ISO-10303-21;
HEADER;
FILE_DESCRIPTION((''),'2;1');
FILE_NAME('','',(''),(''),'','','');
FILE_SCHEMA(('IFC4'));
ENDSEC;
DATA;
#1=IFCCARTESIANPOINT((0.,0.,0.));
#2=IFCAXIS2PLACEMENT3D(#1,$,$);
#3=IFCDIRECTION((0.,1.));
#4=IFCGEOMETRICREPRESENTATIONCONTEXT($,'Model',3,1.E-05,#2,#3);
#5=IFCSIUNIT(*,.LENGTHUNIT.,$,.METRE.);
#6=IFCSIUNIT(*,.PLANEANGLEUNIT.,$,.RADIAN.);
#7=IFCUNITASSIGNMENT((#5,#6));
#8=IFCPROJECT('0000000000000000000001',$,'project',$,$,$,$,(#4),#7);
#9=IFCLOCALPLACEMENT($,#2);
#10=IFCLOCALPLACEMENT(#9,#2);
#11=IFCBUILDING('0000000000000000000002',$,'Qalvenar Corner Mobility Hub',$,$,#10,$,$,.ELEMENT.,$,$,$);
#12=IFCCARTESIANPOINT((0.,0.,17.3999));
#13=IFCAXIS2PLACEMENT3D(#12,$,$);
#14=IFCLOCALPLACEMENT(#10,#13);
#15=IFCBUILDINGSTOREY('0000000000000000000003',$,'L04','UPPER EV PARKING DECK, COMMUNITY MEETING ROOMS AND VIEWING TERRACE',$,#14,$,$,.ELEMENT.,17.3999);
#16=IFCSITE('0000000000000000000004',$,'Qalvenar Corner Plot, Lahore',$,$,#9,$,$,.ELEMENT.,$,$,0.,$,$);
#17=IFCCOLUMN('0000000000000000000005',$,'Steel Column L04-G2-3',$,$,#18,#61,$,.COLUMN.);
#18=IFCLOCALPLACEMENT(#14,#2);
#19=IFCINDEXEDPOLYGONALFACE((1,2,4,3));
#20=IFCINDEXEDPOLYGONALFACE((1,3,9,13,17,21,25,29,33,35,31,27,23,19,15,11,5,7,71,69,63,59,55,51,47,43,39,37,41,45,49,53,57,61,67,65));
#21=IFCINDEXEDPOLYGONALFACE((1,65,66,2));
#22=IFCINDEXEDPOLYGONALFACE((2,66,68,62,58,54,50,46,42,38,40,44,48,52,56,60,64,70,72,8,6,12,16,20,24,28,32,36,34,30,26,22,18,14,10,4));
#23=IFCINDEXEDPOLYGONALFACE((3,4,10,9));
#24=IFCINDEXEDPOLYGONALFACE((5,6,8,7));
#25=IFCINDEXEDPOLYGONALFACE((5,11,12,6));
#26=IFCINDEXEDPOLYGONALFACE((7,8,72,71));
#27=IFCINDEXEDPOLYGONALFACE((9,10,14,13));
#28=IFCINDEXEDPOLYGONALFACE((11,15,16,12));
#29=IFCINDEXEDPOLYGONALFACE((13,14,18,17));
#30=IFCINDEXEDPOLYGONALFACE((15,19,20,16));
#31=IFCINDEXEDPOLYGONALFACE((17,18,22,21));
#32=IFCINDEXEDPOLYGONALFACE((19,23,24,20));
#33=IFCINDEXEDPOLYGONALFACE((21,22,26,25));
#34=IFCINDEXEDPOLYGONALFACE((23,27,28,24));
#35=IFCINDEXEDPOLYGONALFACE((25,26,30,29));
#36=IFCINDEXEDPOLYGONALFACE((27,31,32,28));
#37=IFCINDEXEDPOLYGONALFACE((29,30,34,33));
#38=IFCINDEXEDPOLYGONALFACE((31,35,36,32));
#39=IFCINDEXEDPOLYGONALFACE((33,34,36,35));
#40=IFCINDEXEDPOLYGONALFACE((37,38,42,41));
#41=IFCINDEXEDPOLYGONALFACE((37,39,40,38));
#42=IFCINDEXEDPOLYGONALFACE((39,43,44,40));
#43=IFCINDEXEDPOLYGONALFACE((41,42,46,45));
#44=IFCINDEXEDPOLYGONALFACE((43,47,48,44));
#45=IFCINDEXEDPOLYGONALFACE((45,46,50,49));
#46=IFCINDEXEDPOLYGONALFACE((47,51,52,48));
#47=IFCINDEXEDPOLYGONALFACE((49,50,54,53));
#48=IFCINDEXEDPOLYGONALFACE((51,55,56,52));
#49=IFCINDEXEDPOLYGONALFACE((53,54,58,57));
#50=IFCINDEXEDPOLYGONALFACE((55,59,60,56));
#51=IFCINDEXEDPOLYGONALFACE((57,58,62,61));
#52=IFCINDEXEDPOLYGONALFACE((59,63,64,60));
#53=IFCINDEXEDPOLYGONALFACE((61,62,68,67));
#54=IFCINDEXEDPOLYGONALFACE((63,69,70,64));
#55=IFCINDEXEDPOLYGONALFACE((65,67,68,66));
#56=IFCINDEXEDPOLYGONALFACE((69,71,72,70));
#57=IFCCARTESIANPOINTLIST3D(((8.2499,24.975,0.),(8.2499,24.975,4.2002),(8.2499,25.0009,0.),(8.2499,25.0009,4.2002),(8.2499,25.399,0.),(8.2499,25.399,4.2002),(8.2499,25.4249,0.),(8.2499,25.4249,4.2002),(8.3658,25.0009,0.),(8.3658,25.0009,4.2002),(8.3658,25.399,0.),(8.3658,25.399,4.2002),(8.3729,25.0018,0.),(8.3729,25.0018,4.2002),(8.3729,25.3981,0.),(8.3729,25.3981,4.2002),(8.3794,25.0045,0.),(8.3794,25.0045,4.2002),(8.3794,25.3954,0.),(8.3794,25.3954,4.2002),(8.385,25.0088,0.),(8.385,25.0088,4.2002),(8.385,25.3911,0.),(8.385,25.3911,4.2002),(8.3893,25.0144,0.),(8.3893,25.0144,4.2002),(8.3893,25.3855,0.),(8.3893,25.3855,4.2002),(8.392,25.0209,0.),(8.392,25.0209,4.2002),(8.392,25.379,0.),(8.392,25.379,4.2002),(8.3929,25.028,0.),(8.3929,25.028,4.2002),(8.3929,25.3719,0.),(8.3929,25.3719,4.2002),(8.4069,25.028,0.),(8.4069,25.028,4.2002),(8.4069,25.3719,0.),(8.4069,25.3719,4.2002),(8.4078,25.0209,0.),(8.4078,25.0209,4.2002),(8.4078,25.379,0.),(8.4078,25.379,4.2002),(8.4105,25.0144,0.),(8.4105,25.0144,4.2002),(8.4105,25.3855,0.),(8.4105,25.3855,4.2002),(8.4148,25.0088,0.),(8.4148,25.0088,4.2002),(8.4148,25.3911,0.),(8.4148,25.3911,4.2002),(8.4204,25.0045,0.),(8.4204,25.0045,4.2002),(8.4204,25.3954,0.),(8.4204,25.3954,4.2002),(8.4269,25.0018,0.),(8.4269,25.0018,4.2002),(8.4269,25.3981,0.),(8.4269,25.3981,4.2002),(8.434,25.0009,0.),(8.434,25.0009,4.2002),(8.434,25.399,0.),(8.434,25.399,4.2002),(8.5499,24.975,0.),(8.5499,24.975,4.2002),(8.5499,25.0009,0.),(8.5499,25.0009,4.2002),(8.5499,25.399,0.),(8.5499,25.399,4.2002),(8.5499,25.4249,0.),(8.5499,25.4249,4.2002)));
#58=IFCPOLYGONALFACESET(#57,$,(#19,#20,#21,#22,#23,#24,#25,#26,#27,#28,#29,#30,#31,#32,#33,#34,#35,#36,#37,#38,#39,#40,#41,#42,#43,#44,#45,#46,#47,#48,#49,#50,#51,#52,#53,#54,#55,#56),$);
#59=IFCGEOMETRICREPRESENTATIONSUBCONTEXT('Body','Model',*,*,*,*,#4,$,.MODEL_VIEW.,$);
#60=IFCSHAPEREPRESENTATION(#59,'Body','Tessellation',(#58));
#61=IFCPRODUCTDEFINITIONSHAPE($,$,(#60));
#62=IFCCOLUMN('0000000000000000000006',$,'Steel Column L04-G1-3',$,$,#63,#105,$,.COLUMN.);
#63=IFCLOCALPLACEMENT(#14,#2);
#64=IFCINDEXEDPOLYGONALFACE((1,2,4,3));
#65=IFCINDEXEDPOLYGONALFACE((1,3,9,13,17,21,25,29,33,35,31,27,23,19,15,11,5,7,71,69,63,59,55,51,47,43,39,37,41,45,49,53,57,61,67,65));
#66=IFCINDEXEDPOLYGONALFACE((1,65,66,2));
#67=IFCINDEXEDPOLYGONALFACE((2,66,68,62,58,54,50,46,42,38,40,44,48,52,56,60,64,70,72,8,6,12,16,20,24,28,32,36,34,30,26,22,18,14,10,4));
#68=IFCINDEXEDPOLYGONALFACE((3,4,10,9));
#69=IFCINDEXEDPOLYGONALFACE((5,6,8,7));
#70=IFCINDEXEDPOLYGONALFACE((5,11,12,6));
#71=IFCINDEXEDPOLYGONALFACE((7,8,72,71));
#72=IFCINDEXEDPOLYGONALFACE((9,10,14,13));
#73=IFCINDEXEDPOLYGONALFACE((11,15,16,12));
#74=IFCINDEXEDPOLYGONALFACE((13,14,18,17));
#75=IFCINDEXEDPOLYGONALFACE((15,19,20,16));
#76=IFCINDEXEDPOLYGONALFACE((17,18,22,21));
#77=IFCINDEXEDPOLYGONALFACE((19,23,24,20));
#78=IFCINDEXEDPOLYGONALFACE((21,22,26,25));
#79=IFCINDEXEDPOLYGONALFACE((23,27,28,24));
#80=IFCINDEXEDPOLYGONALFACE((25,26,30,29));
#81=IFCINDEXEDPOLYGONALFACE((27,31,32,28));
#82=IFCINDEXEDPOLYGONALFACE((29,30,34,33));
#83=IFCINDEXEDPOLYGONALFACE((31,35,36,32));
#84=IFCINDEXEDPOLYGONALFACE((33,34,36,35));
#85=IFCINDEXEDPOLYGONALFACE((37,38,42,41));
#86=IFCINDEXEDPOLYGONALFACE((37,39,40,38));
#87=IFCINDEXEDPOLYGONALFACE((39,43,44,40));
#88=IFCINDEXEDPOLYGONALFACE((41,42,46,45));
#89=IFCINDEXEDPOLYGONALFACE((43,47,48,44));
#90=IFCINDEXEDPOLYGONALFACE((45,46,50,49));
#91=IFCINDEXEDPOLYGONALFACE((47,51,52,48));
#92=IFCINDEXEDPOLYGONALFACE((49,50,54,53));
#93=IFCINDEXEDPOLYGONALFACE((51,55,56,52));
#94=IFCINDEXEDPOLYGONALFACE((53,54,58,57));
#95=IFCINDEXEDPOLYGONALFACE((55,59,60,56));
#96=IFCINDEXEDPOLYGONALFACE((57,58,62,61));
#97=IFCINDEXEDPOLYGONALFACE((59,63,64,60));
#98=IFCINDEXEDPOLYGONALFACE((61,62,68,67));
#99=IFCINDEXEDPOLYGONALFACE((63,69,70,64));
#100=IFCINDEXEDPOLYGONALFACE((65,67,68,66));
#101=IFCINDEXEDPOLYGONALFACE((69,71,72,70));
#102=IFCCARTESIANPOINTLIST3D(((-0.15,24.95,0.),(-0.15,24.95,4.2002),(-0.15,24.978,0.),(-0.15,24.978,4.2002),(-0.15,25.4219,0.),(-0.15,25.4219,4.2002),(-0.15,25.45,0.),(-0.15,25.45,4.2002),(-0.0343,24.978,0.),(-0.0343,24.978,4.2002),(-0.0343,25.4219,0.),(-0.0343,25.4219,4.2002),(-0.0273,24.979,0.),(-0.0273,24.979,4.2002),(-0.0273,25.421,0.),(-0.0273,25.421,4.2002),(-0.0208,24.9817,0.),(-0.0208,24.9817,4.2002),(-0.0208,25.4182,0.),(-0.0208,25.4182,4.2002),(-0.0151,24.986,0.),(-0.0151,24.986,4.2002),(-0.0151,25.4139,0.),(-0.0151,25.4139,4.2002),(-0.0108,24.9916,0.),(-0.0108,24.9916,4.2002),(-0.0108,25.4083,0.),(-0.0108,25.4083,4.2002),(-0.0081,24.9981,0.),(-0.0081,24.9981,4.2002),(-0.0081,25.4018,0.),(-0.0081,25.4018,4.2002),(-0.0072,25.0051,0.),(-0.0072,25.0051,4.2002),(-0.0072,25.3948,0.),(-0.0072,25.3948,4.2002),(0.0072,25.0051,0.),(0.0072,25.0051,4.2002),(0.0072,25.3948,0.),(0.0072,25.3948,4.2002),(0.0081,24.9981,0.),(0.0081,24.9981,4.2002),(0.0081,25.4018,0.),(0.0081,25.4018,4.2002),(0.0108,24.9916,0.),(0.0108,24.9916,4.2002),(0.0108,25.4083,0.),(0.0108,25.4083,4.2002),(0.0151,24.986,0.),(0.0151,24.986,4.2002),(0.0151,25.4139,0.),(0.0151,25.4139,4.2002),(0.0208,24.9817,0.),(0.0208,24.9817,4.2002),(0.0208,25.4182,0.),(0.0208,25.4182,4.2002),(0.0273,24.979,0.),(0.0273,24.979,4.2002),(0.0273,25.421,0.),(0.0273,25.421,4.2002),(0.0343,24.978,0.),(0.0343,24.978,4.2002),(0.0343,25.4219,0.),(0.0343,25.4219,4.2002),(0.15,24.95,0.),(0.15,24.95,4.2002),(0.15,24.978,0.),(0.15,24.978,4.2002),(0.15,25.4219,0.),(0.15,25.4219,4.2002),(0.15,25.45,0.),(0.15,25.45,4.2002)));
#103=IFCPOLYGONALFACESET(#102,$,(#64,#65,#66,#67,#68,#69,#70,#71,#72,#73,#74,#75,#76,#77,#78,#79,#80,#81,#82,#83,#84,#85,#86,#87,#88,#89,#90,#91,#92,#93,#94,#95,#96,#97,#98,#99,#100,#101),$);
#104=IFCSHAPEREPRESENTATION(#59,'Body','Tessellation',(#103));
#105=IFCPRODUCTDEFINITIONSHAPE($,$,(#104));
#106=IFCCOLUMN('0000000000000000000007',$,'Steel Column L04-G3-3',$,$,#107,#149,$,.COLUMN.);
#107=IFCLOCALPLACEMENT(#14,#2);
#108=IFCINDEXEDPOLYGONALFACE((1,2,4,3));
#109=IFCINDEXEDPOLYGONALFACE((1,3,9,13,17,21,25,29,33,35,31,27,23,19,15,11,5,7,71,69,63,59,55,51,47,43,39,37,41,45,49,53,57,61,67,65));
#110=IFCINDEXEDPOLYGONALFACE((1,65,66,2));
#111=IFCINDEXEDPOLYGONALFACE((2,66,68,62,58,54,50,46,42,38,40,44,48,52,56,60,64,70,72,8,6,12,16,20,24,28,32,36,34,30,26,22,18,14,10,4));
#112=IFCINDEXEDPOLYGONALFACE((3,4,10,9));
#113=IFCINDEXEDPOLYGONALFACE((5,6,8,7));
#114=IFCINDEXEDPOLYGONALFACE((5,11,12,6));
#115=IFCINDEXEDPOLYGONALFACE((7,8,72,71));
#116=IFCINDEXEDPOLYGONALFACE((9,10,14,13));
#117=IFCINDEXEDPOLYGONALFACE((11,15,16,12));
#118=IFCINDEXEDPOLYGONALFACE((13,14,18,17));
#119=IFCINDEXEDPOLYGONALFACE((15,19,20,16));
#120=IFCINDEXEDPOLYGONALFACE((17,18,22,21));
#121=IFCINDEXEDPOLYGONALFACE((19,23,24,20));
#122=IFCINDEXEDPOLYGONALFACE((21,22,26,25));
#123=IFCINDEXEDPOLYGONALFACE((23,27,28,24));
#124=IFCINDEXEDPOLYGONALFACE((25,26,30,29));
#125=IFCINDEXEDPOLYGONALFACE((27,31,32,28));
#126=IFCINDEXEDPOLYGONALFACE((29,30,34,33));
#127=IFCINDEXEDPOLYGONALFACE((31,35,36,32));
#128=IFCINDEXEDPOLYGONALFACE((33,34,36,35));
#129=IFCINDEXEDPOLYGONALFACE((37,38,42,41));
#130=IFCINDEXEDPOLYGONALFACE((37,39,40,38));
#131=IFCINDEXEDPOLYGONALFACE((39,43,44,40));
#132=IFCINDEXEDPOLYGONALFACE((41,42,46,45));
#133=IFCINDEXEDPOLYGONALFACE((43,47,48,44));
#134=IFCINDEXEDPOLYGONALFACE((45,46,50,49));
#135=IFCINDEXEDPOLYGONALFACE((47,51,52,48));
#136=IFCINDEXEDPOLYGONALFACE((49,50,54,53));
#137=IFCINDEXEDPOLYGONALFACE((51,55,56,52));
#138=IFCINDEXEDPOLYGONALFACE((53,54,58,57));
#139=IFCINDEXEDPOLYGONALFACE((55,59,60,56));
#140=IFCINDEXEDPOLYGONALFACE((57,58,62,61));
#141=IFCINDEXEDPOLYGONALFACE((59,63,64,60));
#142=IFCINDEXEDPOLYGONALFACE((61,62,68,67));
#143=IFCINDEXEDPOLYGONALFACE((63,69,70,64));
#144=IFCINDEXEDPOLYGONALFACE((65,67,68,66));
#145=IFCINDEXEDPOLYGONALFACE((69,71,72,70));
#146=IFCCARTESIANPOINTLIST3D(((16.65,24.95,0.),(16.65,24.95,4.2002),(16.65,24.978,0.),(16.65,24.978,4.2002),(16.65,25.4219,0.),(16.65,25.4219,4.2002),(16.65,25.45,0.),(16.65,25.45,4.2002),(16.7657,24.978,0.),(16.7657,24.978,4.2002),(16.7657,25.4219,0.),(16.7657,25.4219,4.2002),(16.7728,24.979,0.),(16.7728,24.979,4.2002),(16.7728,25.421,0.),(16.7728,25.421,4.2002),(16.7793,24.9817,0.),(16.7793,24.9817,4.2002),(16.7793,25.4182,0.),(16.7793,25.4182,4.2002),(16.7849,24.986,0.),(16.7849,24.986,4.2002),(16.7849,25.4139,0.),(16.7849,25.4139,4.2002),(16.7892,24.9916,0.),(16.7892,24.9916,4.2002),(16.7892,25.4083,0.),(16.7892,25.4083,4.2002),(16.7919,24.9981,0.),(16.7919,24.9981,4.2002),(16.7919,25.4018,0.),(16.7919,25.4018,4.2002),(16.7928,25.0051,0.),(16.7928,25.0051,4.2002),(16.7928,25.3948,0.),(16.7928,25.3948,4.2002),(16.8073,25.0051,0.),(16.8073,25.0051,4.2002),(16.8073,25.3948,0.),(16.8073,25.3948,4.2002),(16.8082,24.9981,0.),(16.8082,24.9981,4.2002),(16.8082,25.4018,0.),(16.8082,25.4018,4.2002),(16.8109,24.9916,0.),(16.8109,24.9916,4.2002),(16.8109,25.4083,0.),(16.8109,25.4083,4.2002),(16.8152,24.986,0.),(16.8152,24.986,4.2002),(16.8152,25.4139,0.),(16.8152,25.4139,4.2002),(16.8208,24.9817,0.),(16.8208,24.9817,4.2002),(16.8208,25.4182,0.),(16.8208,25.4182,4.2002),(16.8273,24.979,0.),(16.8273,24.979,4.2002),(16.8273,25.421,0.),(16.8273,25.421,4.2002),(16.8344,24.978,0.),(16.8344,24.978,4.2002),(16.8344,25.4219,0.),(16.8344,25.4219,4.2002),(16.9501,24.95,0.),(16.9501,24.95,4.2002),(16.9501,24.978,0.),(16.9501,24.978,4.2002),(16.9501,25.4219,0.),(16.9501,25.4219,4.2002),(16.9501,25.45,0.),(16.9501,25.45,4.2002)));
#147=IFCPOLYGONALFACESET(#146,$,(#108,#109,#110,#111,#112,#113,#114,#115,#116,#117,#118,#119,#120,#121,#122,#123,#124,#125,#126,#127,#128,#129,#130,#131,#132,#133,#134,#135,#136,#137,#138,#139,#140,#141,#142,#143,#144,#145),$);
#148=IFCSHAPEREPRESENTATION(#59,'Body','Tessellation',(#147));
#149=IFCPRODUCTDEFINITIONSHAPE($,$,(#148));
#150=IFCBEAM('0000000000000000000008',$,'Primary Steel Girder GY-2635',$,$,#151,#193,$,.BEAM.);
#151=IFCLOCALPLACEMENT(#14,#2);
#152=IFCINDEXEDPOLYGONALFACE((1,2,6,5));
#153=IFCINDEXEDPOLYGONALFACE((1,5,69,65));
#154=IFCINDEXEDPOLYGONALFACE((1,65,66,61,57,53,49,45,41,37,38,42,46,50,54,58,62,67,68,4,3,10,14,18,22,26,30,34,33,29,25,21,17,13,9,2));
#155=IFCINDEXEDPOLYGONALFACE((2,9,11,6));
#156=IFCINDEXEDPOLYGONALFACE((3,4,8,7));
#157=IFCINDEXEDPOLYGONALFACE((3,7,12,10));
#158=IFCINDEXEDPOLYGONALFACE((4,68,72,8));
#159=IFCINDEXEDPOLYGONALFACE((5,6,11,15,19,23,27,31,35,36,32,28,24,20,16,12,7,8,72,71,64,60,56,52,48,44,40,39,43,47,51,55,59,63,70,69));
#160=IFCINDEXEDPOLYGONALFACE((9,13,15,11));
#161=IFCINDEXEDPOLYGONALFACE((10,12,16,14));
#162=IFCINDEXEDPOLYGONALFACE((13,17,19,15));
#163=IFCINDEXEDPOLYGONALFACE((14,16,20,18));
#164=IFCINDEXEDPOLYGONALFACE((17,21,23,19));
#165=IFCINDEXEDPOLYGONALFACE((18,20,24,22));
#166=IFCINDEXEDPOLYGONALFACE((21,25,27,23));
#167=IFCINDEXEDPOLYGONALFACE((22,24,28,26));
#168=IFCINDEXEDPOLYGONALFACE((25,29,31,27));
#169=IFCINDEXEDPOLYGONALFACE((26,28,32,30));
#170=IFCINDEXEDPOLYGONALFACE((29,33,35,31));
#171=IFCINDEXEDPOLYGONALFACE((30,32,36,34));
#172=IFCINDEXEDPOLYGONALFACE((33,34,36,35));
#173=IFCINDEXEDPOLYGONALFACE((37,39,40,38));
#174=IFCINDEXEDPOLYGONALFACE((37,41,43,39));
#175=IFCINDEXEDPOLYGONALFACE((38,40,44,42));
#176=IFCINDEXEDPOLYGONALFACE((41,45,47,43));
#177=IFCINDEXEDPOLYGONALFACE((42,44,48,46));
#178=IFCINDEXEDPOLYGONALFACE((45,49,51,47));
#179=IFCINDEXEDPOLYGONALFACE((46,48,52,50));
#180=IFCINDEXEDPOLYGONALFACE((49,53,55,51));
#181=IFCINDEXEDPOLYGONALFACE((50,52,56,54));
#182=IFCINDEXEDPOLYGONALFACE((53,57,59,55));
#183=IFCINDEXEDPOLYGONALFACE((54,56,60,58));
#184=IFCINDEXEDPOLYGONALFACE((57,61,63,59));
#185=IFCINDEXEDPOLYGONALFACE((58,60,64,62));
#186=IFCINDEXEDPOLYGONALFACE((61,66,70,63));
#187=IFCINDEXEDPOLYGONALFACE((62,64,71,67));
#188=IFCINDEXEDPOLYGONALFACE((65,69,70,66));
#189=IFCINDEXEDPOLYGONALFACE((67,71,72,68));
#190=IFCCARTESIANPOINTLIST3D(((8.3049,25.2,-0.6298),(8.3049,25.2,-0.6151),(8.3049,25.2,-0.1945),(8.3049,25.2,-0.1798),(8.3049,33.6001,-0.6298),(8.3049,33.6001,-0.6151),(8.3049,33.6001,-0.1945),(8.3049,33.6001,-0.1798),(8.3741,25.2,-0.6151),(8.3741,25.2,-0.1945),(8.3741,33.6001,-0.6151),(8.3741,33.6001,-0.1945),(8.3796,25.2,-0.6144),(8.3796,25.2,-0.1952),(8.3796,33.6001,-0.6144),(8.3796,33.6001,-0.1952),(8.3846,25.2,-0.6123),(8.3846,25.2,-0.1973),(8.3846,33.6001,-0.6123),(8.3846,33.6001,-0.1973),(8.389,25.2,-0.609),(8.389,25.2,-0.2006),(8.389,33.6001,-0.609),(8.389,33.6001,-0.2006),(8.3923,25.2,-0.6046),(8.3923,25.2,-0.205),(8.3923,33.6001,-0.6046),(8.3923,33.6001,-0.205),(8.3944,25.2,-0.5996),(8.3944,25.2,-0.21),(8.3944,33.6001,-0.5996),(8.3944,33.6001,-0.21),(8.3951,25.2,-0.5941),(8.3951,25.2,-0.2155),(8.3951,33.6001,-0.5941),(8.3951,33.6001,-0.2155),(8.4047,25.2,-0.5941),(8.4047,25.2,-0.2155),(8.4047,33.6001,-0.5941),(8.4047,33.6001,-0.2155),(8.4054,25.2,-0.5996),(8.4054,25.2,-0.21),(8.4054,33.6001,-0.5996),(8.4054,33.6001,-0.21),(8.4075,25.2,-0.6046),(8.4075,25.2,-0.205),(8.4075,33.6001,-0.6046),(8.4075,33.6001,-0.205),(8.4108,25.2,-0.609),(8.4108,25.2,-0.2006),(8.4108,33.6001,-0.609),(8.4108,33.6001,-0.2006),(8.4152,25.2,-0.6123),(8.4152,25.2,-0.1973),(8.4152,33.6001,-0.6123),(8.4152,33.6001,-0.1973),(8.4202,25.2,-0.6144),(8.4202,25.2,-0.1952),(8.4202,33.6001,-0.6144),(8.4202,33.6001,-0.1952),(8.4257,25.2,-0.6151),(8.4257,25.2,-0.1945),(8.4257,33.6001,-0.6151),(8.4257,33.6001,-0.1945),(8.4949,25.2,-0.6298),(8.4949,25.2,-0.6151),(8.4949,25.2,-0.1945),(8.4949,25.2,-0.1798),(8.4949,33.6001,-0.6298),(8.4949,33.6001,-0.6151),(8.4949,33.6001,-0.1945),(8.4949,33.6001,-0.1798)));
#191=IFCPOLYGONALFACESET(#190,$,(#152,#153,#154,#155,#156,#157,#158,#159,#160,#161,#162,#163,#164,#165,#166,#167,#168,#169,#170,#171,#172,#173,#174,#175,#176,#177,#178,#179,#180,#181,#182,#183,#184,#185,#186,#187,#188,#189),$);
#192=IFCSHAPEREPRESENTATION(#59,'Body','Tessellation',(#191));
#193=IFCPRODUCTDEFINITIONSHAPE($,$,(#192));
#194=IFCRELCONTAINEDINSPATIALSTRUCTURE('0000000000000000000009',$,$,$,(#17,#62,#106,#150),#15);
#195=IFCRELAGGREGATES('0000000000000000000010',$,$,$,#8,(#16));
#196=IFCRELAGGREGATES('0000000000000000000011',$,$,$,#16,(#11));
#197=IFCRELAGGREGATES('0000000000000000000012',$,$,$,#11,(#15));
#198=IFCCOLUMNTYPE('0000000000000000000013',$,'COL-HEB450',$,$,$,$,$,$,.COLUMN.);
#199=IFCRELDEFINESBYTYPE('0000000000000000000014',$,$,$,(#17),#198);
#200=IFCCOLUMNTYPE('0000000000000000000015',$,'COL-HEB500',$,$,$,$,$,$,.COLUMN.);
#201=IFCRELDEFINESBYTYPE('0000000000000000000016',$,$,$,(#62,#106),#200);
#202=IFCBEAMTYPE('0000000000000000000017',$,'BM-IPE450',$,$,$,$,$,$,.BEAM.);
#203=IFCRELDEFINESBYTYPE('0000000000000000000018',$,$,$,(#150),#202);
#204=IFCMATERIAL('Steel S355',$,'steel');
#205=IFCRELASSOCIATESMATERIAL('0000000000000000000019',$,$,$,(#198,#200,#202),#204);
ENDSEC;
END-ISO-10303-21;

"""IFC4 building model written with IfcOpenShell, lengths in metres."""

from ifc_helpers import new_model, si_unit, direction, frame, origin, origin_2d, place, context, subcontext, project, spatial, i_section, extrude, material, material_profile, profile_set, type_object, element, save


model = new_model("IFC4")

# Units and contexts
model_context = context("Model", 3, precision=1e-05, world=origin(), true_north=direction((0.0, 1.0)))
body_context = subcontext(model_context, "Body", "Model", "MODEL_VIEW")
ifc_project = project(units=[si_unit("LENGTHUNIT", "METRE"), si_unit("PLANEANGLEUNIT", "RADIAN")], contexts=[model_context])

# Site, building, storey
site_placement = place(None, origin())
site = spatial("IfcSite", under=ifc_project, at=site_placement, Name="Qalvenar Corner Plot, Lahore", CompositionType="ELEMENT", RefElevation=0.0)
building_placement = place(site_placement, origin())
building = spatial("IfcBuilding", under=site, at=building_placement, Name="Qalvenar Corner Mobility Hub", CompositionType="ELEMENT")
storey_placement = place(building_placement, frame((0.0, 0.0, 17.3999)))
storey = spatial("IfcBuildingStorey", under=building, at=storey_placement, Name="L04", Description="UPPER EV PARKING DECK, COMMUNITY MEETING ROOMS AND VIEWING TERRACE", CompositionType="ELEMENT", Elevation=17.3999)

# Columns
ifc_material_1 = material(Name="Steel S355", Category="steel")
ifc_material_profile_1 = material_profile(ifc_material_1, i_section(OverallWidth=0.3, OverallDepth=0.45, WebThickness=0.0139, FlangeThickness=0.0259, FilletRadius=0.0271, at=origin_2d()), Name="HEB450")
ifc_profile_set_1 = profile_set([ifc_material_profile_1], Name="Steel S355")
column_type_1 = type_object("IfcColumnType", Name="COL-HEB450", PredefinedType="COLUMN", material=ifc_profile_set_1)
column_placement = place(storey_placement, frame((8.3999, 25.2, 0.0), z_axis=(0.0, 0.0, 1.0), x_axis=(1.0, 0.0, 0.0)))
element("IfcColumn", 1, at=column_placement, inside=storey, type_object=column_type_1, Name="Steel Column L04-G2-3", PredefinedType="COLUMN", context=body_context, shape_type="SweptSolid", body=[
    extrude(i_section(OverallWidth=0.3, OverallDepth=0.45, WebThickness=0.0139, FlangeThickness=0.0259, FilletRadius=0.0271, at=origin_2d()), origin(), (0.0, 0.0, 1.0), 4.2002),
])
ifc_material_profile_2 = material_profile(ifc_material_1, i_section(OverallWidth=0.3, OverallDepth=0.5, WebThickness=0.0144, FlangeThickness=0.0281, FilletRadius=0.0271, at=origin_2d()), Name="HEB500")
ifc_profile_set_2 = profile_set([ifc_material_profile_2], Name="Steel S355")
column_type_2 = type_object("IfcColumnType", Name="COL-HEB500", PredefinedType="COLUMN", material=ifc_profile_set_2)
for number, where, z_axis, x_axis, name in (
    (2, (0.0, 25.2, 0.0), (0.0, 0.0, 1.0), (1.0, 0.0, 0.0), "Steel Column L04-G1-3"),
    (3, (16.8, 25.2, 0.0), (0.0, 0.0, 1.0), (1.0, 0.0, 0.0), "Steel Column L04-G3-3"),
):
    element("IfcColumn", number, at=place(storey_placement, frame(where, z_axis=z_axis, x_axis=x_axis)), inside=storey, type_object=column_type_2, Name=name, PredefinedType="COLUMN", context=body_context, shape_type="SweptSolid", body=[
        extrude(i_section(OverallWidth=0.3, OverallDepth=0.5, WebThickness=0.0144, FlangeThickness=0.0281, FilletRadius=0.0271, at=origin_2d()), origin(), (0.0, 0.0, 1.0), 4.2002),
    ])

# Beam
ifc_material_profile_3 = material_profile(ifc_material_1, i_section(OverallWidth=0.1899, OverallDepth=0.45, WebThickness=0.0095, FlangeThickness=0.0146, FilletRadius=0.021, at=origin_2d()), Name="IPE450")
ifc_profile_set_3 = profile_set([ifc_material_profile_3], Name="Steel S355")
beam_type_1 = type_object("IfcBeamType", Name="BM-IPE450", PredefinedType="BEAM", material=ifc_profile_set_3)
beam_1_placement = place(storey_placement, frame((8.3999, 25.2, -0.4048), z_axis=(0.0, 1.0, 0.0), x_axis=(-1.0, 0.0, 0.0)))
element("IfcBeam", 4, at=beam_1_placement, inside=storey, type_object=beam_type_1, Name="Primary Steel Girder GY-2635", PredefinedType="BEAM", context=body_context, shape_type="SweptSolid", body=[
    extrude(i_section(OverallWidth=0.1899, OverallDepth=0.45, WebThickness=0.0095, FlangeThickness=0.0146, FilletRadius=0.021, at=origin_2d()), origin(), (0.0, 0.0, 1.0), 8.4001),
])

save(model, "model.ifc")
